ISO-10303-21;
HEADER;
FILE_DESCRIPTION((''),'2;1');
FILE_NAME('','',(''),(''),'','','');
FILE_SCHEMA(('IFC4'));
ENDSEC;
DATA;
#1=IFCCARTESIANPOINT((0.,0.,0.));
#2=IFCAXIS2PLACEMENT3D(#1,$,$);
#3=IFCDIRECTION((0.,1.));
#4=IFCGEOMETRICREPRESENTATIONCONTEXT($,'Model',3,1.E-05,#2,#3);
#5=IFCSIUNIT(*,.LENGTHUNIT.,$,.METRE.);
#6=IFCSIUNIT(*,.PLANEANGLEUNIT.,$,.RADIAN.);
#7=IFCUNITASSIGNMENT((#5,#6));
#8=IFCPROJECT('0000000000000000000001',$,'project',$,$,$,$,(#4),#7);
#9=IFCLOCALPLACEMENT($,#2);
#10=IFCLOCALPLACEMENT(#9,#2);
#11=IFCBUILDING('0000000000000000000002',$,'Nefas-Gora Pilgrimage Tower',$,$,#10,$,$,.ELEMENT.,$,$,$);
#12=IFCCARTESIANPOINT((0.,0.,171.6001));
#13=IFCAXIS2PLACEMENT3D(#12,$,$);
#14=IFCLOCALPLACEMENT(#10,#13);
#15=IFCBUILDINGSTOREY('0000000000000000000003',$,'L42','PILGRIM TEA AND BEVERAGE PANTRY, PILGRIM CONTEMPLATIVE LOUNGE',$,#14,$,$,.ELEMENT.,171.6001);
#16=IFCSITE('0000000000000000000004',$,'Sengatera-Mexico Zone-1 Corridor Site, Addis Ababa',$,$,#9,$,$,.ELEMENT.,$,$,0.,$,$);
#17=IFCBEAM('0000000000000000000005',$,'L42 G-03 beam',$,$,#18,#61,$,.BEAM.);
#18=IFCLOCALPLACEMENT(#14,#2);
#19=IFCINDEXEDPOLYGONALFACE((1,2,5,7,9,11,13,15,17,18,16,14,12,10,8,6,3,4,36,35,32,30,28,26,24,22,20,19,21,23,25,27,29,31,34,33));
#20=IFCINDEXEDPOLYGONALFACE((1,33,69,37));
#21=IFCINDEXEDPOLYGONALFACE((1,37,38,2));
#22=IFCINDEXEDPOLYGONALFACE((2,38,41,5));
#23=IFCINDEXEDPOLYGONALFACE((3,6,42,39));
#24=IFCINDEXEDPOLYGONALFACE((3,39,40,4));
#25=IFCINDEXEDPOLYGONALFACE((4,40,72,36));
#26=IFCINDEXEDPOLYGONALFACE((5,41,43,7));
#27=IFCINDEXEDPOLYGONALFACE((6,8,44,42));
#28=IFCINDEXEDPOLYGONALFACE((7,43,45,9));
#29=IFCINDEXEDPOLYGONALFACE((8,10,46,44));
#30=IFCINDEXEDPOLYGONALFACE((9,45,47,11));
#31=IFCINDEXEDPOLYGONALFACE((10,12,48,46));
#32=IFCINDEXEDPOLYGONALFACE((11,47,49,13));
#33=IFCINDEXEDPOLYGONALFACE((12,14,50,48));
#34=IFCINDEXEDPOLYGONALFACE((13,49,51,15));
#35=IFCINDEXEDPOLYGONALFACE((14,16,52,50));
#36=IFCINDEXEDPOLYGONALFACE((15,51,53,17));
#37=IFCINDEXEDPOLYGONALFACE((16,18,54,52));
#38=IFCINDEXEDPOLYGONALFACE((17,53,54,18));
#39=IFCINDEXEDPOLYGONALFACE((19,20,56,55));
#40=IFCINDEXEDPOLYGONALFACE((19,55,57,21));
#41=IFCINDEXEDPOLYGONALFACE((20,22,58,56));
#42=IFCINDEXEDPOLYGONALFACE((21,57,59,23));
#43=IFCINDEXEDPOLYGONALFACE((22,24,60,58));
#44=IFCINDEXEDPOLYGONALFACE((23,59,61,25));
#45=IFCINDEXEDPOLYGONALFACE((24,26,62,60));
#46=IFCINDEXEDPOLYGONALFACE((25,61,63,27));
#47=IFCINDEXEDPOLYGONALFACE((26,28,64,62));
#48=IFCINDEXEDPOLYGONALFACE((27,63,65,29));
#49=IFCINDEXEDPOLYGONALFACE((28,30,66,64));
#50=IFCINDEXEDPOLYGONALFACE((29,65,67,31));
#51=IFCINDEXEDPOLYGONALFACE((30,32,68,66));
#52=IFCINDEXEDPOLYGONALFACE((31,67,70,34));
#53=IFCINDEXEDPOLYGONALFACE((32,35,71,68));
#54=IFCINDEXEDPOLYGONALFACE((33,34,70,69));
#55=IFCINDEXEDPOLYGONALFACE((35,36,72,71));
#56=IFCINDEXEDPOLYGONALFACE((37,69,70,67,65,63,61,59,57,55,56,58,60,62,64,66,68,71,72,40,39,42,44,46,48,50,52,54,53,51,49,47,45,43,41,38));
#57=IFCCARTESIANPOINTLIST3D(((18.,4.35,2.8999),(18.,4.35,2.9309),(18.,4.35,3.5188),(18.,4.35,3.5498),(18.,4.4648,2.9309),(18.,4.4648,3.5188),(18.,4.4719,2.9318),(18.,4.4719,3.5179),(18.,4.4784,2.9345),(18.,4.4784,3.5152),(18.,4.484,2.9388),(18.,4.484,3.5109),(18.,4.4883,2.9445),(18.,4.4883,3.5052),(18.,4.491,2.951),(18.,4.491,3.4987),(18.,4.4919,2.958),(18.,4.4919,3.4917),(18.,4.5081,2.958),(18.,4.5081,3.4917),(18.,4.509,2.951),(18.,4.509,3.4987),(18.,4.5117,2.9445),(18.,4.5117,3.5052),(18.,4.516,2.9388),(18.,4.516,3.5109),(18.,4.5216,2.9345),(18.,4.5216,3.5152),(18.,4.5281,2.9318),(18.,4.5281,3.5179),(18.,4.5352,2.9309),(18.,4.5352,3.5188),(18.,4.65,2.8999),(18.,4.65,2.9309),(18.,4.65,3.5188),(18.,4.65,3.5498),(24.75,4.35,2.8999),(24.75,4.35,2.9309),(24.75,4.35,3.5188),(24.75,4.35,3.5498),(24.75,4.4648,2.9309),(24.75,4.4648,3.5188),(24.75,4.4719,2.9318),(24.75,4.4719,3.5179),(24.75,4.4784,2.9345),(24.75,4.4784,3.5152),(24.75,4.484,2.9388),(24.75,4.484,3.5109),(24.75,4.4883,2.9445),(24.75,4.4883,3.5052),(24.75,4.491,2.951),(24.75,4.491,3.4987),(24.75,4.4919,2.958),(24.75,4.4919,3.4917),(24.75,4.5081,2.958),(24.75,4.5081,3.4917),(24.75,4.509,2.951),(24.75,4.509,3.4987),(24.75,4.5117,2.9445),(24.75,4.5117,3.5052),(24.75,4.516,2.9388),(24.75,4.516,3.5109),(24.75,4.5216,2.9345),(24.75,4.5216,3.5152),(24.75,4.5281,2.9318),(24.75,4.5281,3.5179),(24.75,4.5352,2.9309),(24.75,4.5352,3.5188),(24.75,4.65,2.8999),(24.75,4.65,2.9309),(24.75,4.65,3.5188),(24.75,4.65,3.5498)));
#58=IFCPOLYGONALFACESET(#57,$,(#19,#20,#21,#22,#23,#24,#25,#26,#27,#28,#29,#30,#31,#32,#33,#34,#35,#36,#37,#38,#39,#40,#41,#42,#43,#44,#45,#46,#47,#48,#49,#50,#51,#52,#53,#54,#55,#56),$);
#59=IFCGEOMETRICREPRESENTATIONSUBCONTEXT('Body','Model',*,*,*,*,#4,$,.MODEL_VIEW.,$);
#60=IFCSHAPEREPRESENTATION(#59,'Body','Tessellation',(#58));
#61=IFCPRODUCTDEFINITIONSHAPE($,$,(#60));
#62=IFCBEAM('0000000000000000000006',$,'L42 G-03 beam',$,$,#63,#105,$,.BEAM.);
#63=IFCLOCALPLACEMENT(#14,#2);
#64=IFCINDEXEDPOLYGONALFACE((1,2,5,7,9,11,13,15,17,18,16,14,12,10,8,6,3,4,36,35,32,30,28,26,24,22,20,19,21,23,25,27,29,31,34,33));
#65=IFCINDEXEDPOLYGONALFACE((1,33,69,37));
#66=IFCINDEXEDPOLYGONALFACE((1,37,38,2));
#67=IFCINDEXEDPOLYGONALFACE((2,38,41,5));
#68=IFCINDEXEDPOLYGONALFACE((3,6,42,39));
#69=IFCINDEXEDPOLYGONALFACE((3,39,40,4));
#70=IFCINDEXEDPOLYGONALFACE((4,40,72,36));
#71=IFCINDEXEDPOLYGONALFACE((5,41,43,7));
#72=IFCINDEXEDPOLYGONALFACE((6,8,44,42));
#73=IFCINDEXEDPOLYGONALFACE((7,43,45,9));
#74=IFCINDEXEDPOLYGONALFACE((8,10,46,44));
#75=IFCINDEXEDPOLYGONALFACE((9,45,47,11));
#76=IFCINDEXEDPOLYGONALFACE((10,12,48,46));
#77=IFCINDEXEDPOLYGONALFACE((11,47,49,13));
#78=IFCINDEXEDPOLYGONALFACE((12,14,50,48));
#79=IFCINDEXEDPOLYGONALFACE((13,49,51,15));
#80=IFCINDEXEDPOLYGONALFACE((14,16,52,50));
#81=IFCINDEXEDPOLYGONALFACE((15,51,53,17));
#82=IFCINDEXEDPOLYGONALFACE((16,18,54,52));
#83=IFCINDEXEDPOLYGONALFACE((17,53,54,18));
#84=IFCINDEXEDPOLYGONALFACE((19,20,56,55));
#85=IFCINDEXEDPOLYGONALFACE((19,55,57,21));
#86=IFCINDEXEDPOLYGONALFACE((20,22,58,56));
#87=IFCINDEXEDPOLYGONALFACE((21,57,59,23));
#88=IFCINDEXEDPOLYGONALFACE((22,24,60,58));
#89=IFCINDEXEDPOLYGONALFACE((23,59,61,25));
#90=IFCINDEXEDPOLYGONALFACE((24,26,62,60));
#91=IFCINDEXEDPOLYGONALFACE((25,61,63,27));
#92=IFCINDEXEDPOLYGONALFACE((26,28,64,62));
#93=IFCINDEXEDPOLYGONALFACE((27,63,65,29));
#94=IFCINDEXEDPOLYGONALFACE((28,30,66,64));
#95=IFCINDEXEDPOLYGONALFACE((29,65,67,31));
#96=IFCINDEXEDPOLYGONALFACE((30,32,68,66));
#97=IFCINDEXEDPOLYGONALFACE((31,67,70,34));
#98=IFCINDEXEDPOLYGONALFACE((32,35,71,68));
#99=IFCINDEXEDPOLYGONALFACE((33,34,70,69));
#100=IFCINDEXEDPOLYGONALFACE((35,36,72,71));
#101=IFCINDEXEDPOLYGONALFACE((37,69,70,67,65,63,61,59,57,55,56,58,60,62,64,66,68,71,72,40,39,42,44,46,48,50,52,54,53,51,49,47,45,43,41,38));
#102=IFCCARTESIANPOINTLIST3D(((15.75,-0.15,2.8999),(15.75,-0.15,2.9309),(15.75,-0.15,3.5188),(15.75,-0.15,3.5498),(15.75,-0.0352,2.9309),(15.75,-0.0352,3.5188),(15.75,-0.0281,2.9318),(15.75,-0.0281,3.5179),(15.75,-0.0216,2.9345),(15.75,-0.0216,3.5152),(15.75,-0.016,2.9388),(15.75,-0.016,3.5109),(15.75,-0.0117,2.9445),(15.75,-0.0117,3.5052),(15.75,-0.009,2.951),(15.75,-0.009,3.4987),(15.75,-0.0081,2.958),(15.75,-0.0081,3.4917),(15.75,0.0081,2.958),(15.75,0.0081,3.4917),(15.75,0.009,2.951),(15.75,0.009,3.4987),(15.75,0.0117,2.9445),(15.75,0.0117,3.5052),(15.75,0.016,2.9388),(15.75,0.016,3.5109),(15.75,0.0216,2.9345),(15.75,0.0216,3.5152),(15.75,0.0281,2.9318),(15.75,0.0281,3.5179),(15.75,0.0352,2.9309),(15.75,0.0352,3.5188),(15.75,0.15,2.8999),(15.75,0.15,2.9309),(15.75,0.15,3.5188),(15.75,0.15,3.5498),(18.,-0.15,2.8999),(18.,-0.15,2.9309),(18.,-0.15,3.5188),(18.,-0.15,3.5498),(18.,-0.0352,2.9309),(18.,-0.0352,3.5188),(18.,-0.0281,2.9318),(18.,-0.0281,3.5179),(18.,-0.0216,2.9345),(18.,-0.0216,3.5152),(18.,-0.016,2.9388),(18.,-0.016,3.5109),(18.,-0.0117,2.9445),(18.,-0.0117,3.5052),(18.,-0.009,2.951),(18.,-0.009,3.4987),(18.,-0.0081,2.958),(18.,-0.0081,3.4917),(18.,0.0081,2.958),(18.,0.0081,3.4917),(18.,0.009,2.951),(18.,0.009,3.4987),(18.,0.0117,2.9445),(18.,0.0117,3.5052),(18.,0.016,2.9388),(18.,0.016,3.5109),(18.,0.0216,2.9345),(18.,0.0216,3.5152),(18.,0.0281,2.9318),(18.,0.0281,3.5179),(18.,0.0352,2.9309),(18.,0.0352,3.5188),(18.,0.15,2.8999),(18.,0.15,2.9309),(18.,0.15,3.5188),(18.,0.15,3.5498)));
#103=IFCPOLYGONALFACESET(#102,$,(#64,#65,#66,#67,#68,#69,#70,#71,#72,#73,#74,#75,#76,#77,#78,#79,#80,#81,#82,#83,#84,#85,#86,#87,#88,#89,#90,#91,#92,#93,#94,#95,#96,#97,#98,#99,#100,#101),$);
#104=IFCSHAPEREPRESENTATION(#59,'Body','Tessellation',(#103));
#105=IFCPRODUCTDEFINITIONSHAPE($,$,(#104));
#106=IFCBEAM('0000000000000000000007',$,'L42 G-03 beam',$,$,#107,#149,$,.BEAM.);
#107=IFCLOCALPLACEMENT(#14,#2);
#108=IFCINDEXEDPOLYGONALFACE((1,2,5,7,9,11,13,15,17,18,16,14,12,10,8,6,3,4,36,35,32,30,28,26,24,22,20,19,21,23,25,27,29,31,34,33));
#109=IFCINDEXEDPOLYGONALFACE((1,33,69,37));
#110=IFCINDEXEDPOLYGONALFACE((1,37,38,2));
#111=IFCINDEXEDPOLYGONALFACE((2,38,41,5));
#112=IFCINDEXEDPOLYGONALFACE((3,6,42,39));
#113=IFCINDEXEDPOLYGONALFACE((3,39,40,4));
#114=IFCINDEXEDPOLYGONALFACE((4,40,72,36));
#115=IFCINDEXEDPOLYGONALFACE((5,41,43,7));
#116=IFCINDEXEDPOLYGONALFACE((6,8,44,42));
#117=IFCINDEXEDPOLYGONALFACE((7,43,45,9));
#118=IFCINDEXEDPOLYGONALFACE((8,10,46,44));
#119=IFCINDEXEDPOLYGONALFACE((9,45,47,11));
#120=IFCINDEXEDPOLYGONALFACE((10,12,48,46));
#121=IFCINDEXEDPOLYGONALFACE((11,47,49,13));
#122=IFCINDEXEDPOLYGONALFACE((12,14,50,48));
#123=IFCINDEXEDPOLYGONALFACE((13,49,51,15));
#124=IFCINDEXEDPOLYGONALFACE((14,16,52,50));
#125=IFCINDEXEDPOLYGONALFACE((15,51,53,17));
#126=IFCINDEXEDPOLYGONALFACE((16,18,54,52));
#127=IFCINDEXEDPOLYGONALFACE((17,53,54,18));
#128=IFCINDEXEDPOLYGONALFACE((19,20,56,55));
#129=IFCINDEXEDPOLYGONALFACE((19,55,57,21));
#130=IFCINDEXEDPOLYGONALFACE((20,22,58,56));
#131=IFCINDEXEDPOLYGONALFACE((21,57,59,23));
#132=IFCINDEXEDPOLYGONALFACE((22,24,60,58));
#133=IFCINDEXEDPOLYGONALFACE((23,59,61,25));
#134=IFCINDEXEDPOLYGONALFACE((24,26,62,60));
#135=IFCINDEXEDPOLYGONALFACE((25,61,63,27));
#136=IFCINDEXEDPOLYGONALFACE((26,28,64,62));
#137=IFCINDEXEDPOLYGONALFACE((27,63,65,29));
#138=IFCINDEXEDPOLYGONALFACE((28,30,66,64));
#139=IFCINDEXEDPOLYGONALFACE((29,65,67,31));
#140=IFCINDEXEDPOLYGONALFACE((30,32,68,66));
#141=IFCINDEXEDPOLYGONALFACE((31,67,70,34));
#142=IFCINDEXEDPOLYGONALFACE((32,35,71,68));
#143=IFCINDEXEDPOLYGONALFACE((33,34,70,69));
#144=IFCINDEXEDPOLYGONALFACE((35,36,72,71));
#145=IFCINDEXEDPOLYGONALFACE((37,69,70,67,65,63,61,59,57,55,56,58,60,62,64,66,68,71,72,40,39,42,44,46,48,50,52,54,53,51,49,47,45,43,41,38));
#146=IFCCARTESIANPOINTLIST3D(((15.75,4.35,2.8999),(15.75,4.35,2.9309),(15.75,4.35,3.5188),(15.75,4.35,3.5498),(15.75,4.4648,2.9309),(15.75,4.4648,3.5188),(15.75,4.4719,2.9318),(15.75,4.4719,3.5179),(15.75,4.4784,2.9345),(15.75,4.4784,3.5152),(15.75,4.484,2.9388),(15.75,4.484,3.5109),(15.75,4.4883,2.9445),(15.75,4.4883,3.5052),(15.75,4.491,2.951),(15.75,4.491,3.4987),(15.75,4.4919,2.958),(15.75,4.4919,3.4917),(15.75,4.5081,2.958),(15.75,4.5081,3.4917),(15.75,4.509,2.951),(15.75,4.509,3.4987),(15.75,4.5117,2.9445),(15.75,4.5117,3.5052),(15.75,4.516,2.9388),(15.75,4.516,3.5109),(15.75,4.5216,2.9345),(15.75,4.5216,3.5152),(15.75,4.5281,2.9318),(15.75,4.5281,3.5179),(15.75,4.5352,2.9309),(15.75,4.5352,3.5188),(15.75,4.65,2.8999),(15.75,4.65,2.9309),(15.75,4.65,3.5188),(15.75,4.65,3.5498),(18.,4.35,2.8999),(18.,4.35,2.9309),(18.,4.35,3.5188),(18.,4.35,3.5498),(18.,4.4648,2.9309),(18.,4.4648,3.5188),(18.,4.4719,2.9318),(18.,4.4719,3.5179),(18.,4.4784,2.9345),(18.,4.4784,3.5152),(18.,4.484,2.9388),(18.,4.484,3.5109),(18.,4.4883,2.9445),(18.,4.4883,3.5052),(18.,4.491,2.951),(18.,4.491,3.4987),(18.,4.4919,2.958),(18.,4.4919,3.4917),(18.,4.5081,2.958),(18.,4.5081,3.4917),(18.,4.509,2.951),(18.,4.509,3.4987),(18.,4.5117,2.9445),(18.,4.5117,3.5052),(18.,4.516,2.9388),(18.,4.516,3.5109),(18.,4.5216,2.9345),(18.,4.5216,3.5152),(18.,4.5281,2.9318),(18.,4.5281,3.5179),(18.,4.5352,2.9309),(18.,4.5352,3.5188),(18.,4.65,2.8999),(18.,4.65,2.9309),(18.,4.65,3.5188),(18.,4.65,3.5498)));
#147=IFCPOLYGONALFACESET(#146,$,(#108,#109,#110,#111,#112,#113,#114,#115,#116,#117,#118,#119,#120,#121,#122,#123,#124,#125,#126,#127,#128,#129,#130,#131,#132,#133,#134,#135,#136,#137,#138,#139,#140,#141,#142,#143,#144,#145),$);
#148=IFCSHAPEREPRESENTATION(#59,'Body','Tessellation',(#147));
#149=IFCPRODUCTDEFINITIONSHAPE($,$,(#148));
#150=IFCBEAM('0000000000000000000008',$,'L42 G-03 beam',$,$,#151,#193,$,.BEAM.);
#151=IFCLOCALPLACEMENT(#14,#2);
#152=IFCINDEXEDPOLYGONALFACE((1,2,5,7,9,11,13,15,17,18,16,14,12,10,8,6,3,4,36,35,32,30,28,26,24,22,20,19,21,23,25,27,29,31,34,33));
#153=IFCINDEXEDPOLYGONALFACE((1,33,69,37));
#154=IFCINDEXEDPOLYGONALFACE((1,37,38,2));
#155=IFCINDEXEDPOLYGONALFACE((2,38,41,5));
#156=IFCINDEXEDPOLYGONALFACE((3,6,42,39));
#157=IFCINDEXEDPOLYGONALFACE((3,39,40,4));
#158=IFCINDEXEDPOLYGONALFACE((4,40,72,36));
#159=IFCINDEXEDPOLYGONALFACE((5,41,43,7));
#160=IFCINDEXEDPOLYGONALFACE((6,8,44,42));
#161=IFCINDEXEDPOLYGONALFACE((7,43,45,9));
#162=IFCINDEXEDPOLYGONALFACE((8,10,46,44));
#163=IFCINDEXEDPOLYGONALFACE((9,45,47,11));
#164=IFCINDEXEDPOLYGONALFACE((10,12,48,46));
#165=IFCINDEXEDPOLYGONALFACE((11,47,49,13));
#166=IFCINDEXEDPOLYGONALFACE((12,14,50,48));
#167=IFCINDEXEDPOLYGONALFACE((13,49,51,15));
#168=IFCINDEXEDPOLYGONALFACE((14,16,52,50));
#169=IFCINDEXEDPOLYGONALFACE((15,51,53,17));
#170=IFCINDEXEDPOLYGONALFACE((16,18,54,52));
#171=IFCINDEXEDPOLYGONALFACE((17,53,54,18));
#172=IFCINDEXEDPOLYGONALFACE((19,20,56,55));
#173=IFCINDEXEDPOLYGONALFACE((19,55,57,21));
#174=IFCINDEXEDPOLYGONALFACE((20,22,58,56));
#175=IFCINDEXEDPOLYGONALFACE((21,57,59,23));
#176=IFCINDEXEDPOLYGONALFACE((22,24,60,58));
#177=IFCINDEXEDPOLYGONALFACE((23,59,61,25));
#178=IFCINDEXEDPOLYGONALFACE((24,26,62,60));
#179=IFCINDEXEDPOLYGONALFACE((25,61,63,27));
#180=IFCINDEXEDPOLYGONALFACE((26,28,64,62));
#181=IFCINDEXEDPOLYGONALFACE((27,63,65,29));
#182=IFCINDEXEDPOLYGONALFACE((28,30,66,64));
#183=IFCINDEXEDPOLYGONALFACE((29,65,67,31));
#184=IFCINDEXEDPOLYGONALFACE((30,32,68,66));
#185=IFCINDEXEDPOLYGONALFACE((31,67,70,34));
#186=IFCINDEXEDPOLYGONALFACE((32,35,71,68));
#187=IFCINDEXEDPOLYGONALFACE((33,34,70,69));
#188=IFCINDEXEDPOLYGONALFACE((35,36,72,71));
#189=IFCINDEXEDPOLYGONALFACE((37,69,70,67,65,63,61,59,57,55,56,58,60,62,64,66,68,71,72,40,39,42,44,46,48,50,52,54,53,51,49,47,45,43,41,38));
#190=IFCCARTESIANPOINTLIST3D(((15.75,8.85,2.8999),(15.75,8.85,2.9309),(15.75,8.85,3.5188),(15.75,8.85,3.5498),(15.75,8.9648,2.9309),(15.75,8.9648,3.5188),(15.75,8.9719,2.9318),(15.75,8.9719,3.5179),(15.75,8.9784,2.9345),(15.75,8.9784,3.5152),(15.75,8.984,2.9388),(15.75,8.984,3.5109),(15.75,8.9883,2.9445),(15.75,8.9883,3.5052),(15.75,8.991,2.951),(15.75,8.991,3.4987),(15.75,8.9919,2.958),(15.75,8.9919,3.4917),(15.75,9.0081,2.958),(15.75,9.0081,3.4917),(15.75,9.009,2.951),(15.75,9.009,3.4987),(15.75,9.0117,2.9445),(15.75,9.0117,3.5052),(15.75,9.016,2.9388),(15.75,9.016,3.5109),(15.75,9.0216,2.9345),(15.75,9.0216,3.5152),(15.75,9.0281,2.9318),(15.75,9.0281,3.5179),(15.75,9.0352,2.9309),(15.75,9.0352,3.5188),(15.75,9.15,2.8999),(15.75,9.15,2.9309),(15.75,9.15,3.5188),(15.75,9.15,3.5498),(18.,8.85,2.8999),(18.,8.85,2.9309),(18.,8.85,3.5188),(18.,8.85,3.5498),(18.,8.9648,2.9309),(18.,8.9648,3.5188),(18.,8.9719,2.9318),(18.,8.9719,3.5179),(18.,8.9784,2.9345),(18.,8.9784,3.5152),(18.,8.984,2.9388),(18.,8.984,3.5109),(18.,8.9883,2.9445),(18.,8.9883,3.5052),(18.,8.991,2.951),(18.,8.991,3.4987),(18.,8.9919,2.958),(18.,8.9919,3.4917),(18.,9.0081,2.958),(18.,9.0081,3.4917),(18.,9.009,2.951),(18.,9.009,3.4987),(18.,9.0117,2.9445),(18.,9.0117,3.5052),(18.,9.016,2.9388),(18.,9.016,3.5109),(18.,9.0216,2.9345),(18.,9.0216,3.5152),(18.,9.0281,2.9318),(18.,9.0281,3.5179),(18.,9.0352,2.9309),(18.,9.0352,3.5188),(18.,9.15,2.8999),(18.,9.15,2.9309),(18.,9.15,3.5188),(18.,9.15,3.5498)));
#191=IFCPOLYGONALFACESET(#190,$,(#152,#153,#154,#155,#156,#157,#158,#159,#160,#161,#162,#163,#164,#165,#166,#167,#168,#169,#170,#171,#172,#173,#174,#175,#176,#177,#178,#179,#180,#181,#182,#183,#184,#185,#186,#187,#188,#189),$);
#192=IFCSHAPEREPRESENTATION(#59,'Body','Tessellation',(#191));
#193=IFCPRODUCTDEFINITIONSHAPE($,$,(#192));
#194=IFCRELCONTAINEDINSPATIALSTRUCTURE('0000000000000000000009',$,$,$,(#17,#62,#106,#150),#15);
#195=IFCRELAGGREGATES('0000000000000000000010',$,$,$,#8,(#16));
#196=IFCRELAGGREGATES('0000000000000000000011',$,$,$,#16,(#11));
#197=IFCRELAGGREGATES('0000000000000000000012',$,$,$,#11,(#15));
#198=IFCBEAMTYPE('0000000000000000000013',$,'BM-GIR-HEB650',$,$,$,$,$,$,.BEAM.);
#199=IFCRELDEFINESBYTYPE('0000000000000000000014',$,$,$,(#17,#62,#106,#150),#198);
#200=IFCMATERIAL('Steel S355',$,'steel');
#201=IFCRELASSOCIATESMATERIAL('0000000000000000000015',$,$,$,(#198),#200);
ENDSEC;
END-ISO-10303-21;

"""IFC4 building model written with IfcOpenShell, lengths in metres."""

from ifc_helpers import new_model, si_unit, direction, frame, origin, origin_2d, place, context, subcontext, project, spatial, i_section, extrude, source, transform, mapped, material, material_profile, profile_set, type_object, element, save


model = new_model("IFC4")

# Units and contexts
model_context = context("Model", 3, precision=1e-05, world=origin(), true_north=direction((0.0, 1.0)))
body_context = subcontext(model_context, "Body", "Model", "MODEL_VIEW")
ifc_project = project(units=[si_unit("LENGTHUNIT", "METRE"), si_unit("PLANEANGLEUNIT", "RADIAN")], contexts=[model_context])

# Site, building, storey
site_placement = place(None, origin())
site = spatial("IfcSite", under=ifc_project, at=site_placement, Name="Sengatera-Mexico Zone-1 Corridor Site, Addis Ababa", CompositionType="ELEMENT", RefElevation=0.0)
building_placement = place(site_placement, origin())
building = spatial("IfcBuilding", under=site, at=building_placement, Name="Nefas-Gora Pilgrimage Tower", CompositionType="ELEMENT")
storey_placement = place(building_placement, frame((0.0, 0.0, 171.6001)))
storey = spatial("IfcBuildingStorey", under=building, at=storey_placement, Name="L42", Description="PILGRIM TEA AND BEVERAGE PANTRY, PILGRIM CONTEMPLATIVE LOUNGE", CompositionType="ELEMENT", Elevation=171.6001)

# Beams
ifc_material_1 = material(Name="Steel S355", Category="steel")
ifc_material_profile_1 = material_profile(ifc_material_1, i_section(OverallWidth=0.3, OverallDepth=0.6499, WebThickness=0.0161, FlangeThickness=0.031, FilletRadius=0.0271, at=origin_2d()), Name="HEB 650")
ifc_profile_set_1 = profile_set([ifc_material_profile_1], Name="Steel S355")
beam_type_1 = type_object("IfcBeamType", Name="BM-GIR-HEB650", PredefinedType="BEAM", material=ifc_profile_set_1)
shared_shape_1 = source(origin(), body_context, "Body", "SweptSolid", [
    extrude(i_section(OverallWidth=0.3, OverallDepth=0.6499, WebThickness=0.0161, FlangeThickness=0.031, FilletRadius=0.0271, at=origin_2d()), origin(), (0.0, 0.0, 1.0), 6.75),
])
for number, where, z_axis, x_axis, name in (
    (1, (18.0, 4.5, 3.2249), (1.0, 0.0, 0.0), (0.0, 1.0, 0.0), "L42 G-03 beam"),
):
    element("IfcBeam", number, at=place(storey_placement, frame(where, z_axis=z_axis, x_axis=x_axis)), inside=storey, type_object=beam_type_1, Name=name, PredefinedType="BEAM", context=body_context, shape_type="MappedRepresentation", body=[
        mapped(shared_shape_1, transform((0.0, 0.0, 0.0), x_axis=(1.0, 0.0, 0.0), y_axis=(0.0, 1.0, 0.0), z_axis=(0.0, 0.0, 1.0), scale=1.0)),
    ])
shared_shape_2 = source(origin(), body_context, "Body", "SweptSolid", [
    extrude(i_section(OverallWidth=0.3, OverallDepth=0.6499, WebThickness=0.0161, FlangeThickness=0.031, FilletRadius=0.0271, at=origin_2d()), origin(), (0.0, 0.0, 1.0), 2.25),
])
for number, where, z_axis, x_axis, name in (
    (2, (15.75, 0.0, 3.2249), (1.0, 0.0, 0.0), (0.0, 1.0, 0.0), "L42 G-03 beam"),
    (3, (15.75, 4.5, 3.2249), (1.0, 0.0, 0.0), (0.0, 1.0, 0.0), "L42 G-03 beam"),
    (4, (15.75, 9.0, 3.2249), (1.0, 0.0, 0.0), (0.0, 1.0, 0.0), "L42 G-03 beam"),
):
    element("IfcBeam", number, at=place(storey_placement, frame(where, z_axis=z_axis, x_axis=x_axis)), inside=storey, type_object=beam_type_1, Name=name, PredefinedType="BEAM", context=body_context, shape_type="MappedRepresentation", body=[
        mapped(shared_shape_2, transform((0.0, 0.0, 0.0), x_axis=(1.0, 0.0, 0.0), y_axis=(0.0, 1.0, 0.0), z_axis=(0.0, 0.0, 1.0), scale=1.0)),
    ])

save(model, "model.ifc")
